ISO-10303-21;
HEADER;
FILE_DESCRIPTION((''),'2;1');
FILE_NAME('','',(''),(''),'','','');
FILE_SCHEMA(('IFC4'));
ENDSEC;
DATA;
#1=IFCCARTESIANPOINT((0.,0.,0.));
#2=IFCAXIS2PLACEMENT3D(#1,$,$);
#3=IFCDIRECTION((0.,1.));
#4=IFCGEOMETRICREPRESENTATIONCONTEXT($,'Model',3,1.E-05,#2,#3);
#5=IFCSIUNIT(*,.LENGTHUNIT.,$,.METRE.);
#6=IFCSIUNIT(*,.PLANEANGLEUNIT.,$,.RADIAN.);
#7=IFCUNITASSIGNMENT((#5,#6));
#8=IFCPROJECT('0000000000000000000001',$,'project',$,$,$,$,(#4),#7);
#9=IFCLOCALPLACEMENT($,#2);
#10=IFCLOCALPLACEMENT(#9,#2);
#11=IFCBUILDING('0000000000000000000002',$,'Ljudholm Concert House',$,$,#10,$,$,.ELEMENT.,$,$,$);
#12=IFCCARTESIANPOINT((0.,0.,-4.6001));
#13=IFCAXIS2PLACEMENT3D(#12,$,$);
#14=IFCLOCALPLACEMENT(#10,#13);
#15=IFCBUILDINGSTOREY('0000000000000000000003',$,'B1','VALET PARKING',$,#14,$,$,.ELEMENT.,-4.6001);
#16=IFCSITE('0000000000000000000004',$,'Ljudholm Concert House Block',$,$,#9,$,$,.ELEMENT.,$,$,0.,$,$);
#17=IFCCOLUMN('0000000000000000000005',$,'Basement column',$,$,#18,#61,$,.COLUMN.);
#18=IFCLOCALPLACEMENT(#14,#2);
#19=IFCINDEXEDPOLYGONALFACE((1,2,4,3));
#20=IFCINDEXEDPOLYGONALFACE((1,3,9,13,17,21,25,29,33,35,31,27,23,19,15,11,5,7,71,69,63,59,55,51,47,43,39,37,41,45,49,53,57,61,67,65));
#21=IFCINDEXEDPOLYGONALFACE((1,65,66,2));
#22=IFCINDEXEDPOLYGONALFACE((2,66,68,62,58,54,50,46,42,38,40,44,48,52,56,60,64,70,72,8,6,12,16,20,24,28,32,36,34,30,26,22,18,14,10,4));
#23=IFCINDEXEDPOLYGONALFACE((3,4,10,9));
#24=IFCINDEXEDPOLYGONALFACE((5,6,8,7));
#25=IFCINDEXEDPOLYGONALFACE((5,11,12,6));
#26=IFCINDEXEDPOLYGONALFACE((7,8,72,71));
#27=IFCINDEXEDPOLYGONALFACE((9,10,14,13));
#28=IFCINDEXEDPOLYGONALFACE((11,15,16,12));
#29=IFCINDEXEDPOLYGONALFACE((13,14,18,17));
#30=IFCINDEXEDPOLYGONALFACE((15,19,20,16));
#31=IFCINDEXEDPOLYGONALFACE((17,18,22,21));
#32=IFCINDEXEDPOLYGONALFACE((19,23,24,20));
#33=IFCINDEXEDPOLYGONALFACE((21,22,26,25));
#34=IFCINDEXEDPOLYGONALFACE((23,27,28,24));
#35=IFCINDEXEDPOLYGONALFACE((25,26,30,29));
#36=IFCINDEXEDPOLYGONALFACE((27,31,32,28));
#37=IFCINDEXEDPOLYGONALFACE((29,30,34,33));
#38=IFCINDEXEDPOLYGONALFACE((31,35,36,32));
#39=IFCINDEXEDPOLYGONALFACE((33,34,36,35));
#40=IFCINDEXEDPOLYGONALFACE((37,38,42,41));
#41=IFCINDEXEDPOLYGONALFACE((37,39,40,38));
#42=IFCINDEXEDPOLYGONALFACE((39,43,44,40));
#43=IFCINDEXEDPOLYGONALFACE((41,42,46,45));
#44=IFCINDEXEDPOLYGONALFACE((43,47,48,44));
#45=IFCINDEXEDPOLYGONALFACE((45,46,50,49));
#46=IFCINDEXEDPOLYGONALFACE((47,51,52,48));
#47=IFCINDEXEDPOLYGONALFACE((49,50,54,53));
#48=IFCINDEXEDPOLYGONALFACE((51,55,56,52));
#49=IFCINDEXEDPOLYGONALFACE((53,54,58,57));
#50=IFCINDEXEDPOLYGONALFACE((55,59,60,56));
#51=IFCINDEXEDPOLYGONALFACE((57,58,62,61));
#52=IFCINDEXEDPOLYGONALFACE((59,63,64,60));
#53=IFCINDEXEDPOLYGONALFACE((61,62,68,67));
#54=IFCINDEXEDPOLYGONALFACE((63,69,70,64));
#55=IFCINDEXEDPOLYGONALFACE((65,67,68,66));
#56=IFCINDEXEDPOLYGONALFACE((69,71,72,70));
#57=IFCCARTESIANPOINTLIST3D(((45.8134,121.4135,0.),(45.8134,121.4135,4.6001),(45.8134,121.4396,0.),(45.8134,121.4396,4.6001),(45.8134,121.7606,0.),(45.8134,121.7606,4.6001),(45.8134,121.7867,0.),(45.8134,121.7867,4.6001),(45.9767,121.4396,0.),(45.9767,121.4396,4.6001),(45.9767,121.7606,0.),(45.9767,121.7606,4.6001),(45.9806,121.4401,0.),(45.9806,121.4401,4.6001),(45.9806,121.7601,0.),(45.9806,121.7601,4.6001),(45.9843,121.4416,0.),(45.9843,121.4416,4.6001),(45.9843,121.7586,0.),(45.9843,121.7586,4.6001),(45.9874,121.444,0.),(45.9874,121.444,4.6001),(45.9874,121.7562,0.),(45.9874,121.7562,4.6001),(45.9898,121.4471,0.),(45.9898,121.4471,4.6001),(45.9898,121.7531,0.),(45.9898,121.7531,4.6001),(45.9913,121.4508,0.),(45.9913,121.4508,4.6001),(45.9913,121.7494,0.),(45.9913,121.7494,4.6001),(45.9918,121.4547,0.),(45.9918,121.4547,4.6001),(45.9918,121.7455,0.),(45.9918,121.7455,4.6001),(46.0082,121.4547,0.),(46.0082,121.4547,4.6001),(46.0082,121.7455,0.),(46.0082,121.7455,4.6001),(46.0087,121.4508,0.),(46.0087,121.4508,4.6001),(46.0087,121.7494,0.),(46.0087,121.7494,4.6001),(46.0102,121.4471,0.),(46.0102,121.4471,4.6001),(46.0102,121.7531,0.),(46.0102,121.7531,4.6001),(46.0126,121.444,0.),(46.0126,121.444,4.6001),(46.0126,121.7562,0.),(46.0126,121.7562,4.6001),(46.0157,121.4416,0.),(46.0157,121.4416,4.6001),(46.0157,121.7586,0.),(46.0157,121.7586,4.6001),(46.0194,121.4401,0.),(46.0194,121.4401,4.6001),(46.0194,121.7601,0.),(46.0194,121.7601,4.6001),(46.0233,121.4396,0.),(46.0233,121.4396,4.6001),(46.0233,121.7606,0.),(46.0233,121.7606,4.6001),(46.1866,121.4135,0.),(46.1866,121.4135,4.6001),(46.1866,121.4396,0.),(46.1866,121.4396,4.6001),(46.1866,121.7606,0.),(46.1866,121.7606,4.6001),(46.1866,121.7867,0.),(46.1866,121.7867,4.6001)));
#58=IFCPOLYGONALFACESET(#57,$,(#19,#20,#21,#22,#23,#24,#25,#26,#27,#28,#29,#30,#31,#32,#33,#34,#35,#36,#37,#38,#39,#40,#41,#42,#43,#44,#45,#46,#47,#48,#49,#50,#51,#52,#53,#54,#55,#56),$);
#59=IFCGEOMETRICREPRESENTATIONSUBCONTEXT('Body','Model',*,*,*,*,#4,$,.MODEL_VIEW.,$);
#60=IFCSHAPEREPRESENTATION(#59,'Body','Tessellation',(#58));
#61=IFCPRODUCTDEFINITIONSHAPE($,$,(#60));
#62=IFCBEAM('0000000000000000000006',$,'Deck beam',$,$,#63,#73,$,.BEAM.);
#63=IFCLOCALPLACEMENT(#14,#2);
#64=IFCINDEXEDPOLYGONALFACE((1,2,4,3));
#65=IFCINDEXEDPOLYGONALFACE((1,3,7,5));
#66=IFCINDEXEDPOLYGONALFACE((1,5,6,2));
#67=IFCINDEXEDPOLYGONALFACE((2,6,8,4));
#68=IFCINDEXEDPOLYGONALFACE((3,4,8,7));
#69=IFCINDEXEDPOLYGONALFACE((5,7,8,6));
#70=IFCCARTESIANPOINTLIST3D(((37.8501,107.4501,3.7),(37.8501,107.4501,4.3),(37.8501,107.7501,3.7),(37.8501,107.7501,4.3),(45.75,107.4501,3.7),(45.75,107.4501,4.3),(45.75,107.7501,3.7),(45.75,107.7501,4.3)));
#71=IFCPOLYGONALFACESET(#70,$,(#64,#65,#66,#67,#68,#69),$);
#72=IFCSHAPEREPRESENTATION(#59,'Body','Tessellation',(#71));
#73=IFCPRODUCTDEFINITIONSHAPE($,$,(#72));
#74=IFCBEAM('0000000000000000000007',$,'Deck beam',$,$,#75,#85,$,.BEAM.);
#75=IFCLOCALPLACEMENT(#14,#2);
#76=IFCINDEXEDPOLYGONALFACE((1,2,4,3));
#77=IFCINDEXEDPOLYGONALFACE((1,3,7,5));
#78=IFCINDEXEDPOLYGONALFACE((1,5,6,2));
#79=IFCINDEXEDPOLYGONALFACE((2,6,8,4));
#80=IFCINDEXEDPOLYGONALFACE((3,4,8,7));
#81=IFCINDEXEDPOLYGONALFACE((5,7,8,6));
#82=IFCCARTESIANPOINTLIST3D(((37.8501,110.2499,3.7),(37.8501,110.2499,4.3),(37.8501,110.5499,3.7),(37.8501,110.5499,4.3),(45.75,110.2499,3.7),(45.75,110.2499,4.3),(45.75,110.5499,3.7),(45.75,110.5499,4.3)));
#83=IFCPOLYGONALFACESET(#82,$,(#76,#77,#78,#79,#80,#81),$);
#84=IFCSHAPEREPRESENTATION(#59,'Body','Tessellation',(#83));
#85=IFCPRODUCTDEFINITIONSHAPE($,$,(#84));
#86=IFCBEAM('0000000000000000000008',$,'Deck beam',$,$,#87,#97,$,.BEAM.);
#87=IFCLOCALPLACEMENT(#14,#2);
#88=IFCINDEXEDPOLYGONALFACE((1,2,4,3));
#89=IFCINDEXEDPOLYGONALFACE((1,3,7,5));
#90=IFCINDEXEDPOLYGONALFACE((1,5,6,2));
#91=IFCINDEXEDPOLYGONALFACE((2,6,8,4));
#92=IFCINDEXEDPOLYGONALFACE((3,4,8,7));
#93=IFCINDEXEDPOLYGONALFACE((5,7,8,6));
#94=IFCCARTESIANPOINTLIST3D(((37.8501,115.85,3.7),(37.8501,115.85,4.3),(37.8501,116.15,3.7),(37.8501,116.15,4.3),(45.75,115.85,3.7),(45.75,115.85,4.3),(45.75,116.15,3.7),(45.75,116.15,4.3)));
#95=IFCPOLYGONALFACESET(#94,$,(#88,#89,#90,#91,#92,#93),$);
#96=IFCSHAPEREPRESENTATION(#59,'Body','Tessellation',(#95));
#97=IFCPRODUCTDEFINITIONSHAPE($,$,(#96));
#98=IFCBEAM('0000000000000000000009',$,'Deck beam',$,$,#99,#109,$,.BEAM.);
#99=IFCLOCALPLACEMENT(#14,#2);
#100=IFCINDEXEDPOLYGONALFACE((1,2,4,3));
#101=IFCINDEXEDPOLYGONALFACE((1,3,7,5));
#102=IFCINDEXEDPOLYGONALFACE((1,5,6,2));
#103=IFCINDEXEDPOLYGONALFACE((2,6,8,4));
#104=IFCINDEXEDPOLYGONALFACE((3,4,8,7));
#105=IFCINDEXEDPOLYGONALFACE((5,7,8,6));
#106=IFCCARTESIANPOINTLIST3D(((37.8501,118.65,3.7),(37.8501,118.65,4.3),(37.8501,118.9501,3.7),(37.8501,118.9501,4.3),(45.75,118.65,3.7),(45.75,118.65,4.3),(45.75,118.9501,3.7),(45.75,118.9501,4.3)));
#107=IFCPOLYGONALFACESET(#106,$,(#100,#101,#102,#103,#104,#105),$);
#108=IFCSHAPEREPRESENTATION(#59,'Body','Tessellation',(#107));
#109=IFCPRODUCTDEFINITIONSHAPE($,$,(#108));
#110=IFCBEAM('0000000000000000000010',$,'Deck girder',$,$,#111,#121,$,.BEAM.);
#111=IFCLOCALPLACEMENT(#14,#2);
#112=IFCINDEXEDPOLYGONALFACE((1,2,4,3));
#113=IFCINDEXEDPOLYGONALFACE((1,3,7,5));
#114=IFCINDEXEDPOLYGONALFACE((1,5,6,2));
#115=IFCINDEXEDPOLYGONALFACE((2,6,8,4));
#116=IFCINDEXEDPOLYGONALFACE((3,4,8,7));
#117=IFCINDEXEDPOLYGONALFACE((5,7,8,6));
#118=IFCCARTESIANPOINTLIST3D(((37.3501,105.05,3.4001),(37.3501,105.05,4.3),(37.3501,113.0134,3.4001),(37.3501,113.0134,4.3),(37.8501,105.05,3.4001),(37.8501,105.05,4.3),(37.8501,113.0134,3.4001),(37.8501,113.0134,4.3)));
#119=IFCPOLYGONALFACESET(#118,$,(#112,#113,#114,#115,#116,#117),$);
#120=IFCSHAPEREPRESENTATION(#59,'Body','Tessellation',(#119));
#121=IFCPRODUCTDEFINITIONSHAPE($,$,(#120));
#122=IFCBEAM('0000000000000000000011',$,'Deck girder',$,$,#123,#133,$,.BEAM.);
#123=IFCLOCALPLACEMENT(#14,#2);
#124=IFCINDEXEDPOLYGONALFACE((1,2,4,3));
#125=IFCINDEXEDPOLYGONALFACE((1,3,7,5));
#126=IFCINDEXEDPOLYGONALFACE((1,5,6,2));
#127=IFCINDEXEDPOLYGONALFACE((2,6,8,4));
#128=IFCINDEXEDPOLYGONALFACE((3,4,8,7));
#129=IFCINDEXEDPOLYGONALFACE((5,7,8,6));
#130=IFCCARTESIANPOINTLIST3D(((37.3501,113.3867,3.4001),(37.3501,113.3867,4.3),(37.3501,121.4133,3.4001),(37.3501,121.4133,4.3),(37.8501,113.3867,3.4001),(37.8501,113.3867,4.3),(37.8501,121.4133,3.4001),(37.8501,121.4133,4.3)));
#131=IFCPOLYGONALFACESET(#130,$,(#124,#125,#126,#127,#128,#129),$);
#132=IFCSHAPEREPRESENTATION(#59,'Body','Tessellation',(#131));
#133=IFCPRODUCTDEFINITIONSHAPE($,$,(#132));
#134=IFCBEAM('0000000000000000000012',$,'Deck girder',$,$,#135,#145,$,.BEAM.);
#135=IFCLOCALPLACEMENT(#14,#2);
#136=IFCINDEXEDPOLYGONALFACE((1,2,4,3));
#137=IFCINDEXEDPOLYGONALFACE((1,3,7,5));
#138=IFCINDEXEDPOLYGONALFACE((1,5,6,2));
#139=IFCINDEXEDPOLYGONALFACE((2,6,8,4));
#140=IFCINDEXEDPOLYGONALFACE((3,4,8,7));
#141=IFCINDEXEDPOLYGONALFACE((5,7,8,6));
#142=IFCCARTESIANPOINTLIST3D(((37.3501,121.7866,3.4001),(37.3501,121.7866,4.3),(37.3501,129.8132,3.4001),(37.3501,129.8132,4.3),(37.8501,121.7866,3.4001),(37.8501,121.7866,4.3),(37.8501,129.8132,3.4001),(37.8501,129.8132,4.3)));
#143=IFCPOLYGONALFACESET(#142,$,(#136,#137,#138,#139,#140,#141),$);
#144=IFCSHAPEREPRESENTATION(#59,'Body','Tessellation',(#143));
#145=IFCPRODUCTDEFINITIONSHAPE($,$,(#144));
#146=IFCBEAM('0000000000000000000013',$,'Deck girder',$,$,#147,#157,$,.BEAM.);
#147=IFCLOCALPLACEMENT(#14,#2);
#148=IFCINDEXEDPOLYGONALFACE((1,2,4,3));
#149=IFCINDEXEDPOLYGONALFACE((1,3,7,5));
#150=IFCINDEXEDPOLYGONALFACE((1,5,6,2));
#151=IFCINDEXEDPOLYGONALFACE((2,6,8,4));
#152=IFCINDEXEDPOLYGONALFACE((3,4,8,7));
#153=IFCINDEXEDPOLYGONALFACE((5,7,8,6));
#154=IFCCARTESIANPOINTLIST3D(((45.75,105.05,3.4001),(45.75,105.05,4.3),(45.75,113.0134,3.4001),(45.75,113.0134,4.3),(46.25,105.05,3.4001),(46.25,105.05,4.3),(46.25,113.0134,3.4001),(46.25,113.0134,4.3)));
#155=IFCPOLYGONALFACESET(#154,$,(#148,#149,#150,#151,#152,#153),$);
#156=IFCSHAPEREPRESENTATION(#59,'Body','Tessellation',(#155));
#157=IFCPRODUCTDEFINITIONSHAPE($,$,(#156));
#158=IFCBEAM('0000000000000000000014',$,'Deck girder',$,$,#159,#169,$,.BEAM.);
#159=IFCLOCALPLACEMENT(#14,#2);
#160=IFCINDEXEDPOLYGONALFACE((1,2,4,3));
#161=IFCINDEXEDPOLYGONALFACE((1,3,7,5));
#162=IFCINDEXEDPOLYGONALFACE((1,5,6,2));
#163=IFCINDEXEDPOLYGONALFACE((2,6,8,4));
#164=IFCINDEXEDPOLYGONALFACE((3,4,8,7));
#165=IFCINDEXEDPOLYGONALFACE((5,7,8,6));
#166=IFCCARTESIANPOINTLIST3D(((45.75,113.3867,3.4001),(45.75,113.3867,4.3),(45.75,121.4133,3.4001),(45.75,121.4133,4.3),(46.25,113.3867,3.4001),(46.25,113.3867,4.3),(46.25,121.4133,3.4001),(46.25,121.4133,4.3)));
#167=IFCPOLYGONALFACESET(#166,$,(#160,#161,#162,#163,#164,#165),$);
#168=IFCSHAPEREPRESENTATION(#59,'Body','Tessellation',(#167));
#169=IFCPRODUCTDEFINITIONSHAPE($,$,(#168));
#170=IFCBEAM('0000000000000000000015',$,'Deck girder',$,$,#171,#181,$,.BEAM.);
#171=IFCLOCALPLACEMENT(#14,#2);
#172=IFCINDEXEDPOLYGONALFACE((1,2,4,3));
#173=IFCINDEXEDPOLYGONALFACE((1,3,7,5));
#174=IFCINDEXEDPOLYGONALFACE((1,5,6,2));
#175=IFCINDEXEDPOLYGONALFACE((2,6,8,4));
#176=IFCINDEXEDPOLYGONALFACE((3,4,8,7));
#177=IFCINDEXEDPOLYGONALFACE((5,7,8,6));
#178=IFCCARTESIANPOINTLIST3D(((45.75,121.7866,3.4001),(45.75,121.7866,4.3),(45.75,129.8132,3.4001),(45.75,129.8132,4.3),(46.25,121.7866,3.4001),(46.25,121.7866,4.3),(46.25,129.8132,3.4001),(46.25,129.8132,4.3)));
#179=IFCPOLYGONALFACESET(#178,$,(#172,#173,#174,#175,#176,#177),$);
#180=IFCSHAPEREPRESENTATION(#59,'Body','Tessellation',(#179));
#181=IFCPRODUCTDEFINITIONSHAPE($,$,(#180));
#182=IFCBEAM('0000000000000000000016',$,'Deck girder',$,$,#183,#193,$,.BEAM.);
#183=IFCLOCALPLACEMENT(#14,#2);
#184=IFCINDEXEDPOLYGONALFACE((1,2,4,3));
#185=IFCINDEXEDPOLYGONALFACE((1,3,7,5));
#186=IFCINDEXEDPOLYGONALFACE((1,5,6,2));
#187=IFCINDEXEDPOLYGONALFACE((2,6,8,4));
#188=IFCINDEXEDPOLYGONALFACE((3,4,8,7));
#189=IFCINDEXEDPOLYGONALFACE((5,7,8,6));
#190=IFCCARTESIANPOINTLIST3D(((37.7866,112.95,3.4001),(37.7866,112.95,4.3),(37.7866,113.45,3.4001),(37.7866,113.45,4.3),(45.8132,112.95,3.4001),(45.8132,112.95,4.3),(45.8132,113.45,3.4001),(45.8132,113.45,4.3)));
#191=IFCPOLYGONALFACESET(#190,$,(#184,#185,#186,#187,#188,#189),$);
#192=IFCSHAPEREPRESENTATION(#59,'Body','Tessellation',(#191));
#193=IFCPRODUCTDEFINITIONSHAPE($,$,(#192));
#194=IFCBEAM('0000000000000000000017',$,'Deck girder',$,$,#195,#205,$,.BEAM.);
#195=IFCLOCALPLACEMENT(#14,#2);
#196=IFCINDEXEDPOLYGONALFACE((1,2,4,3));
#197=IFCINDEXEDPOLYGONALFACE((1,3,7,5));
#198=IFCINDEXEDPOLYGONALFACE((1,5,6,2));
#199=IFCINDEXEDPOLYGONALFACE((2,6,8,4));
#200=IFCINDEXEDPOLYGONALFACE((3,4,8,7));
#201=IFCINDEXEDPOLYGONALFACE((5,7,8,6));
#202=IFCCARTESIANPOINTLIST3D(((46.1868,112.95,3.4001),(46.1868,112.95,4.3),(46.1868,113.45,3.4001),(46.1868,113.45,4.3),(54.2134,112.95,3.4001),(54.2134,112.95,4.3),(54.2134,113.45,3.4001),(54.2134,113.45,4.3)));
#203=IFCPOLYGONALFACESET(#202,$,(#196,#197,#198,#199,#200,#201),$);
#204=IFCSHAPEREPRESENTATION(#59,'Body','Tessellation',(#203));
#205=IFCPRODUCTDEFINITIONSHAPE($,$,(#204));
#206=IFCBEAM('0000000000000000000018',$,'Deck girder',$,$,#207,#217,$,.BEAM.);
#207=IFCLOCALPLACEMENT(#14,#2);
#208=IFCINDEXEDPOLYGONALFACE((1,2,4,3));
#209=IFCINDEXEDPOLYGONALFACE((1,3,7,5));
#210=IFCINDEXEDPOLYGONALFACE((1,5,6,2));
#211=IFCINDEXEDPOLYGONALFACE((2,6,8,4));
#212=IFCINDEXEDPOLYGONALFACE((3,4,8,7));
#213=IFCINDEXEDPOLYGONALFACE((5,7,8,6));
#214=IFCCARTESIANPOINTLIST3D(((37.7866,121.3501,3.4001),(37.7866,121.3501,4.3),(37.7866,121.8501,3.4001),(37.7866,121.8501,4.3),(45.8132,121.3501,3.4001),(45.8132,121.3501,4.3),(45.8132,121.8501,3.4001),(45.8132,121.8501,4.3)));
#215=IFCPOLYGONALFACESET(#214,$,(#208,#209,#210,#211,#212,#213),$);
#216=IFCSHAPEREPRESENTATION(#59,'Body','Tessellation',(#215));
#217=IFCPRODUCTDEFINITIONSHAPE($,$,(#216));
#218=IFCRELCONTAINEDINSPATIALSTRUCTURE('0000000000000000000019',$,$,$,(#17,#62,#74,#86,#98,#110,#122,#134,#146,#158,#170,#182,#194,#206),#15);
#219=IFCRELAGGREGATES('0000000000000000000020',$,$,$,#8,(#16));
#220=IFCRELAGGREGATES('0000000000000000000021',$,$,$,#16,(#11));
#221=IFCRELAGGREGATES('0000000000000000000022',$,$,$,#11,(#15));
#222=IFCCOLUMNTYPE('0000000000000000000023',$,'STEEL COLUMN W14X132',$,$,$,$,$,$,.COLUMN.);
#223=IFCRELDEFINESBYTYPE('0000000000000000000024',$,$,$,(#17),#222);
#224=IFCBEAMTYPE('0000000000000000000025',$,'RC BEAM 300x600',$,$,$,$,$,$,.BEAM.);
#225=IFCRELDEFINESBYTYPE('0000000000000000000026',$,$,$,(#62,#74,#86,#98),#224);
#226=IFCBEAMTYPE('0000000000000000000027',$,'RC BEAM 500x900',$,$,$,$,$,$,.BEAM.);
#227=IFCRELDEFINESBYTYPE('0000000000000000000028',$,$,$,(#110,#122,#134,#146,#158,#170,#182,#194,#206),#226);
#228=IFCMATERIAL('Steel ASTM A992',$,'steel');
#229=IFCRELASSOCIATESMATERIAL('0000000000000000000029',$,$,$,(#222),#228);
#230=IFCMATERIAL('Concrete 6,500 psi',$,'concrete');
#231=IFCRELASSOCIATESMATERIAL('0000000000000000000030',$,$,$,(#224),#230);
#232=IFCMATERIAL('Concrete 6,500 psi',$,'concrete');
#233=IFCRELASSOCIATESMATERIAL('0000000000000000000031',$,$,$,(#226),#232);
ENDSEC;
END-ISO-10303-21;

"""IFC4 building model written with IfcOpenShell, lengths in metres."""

from ifc_helpers import new_model, si_unit, direction, frame, origin, origin_2d, place, context, subcontext, project, spatial, rectangle, i_section, extrude, material, material_profile, profile_set, type_object, element, save


model = new_model("IFC4")

# Units and contexts
model_context = context("Model", 3, precision=1e-05, world=origin(), true_north=direction((0.0, 1.0)))
body_context = subcontext(model_context, "Body", "Model", "MODEL_VIEW")
ifc_project = project(units=[si_unit("LENGTHUNIT", "METRE"), si_unit("PLANEANGLEUNIT", "RADIAN")], contexts=[model_context])

# Site, building, storey
site_placement = place(None, origin())
site = spatial("IfcSite", under=ifc_project, at=site_placement, Name="Ljudholm Concert House Block", CompositionType="ELEMENT", RefElevation=0.0)
building_placement = place(site_placement, origin())
building = spatial("IfcBuilding", under=site, at=building_placement, Name="Ljudholm Concert House", CompositionType="ELEMENT")
storey_placement = place(building_placement, frame((0.0, 0.0, -4.6001)))
storey = spatial("IfcBuildingStorey", under=building, at=storey_placement, Name="B1", Description="VALET PARKING", CompositionType="ELEMENT", Elevation=-4.6001)

# Column
ifc_material_1 = material(Name="Steel ASTM A992", Category="steel")
ifc_material_profile_1 = material_profile(ifc_material_1, i_section(OverallWidth=0.3733, OverallDepth=0.3733, WebThickness=0.0164, FlangeThickness=0.0261, FilletRadius=0.0151, at=origin_2d()), Name="W14X132")
ifc_profile_set_1 = profile_set([ifc_material_profile_1], Name="Steel ASTM A992")
column_type = type_object("IfcColumnType", Name="STEEL COLUMN W14X132", PredefinedType="COLUMN", material=ifc_profile_set_1)
for number, where, z_axis, x_axis, name in (
    (1, (46.0, 121.6001, 0.0), (0.0, 0.0, 1.0), (1.0, 0.0, 0.0), "Basement column"),
):
    element("IfcColumn", number, at=place(storey_placement, frame(where, z_axis=z_axis, x_axis=x_axis)), inside=storey, type_object=column_type, Name=name, PredefinedType="COLUMN", context=body_context, shape_type="SweptSolid", body=[
        extrude(i_section(OverallWidth=0.3733, OverallDepth=0.3733, WebThickness=0.0164, FlangeThickness=0.0261, FilletRadius=0.0151, at=origin_2d()), origin(), (0.0, 0.0, 1.0), 4.6001),
    ])

# Beams
ifc_material_2 = material(Name="Concrete 6,500 psi", Category="concrete")
ifc_material_profile_2 = material_profile(ifc_material_2, rectangle(XDim=0.3, YDim=0.6001, at=origin_2d()), Name="RC BEAM 300x600")
ifc_profile_set_2 = profile_set([ifc_material_profile_2], Name="Concrete 6,500 psi")
beam_type_1 = type_object("IfcBeamType", Name="RC BEAM 300x600", PredefinedType="BEAM", material=ifc_profile_set_2)
for number, where, z_axis, x_axis, name in (
    (2, (37.8501, 107.6001, 4.0), (1.0, 0.0, 0.0), (0.0, 1.0, 0.0), "Deck beam"),
    (3, (37.8501, 110.3999, 4.0), (1.0, 0.0, 0.0), (0.0, 1.0, 0.0), "Deck beam"),
    (4, (37.8501, 116.0, 4.0), (1.0, 0.0, 0.0), (0.0, 1.0, 0.0), "Deck beam"),
    (5, (37.8501, 118.8, 4.0), (1.0, 0.0, 0.0), (0.0, 1.0, 0.0), "Deck beam"),
):
    element("IfcBeam", number, at=place(storey_placement, frame(where, z_axis=z_axis, x_axis=x_axis)), inside=storey, type_object=beam_type_1, Name=name, PredefinedType="BEAM", context=body_context, shape_type="SweptSolid", body=[
        extrude(rectangle(XDim=0.3, YDim=0.6001, at=origin_2d()), origin(), (0.0, 0.0, 1.0), 7.8999),
    ])
ifc_material_3 = material(Name="Concrete 6,500 psi", Category="concrete")
ifc_material_profile_3 = material_profile(ifc_material_3, rectangle(XDim=0.5, YDim=0.8999, at=origin_2d()), Name="RC BEAM 500x900")
ifc_profile_set_3 = profile_set([ifc_material_profile_3], Name="Concrete 6,500 psi")
beam_type_2 = type_object("IfcBeamType", Name="RC BEAM 500x900", PredefinedType="BEAM", material=ifc_profile_set_3)
beam_1_placement = place(storey_placement, frame((37.6001, 105.05, 3.8501), z_axis=(0.0, 1.0, 0.0), x_axis=(-1.0, 0.0, 0.0)))
element("IfcBeam", 6, at=beam_1_placement, inside=storey, type_object=beam_type_2, Name="Deck girder", PredefinedType="BEAM", context=body_context, shape_type="SweptSolid", body=[
    extrude(rectangle(XDim=0.5, YDim=0.8999, at=origin_2d()), origin(), (0.0, 0.0, 1.0), 7.9634),
])
for number, where, z_axis, x_axis, name in (
    (7, (37.6001, 113.3867, 3.8501), (0.0, 1.0, 0.0), (-1.0, 0.0, 0.0), "Deck girder"),
    (8, (37.6001, 121.7866, 3.8501), (0.0, 1.0, 0.0), (-1.0, 0.0, 0.0), "Deck girder"),
):
    element("IfcBeam", number, at=place(storey_placement, frame(where, z_axis=z_axis, x_axis=x_axis)), inside=storey, type_object=beam_type_2, Name=name, PredefinedType="BEAM", context=body_context, shape_type="SweptSolid", body=[
        extrude(rectangle(XDim=0.5, YDim=0.8999, at=origin_2d()), origin(), (0.0, 0.0, 1.0), 8.0266),
    ])
beam_2_placement = place(storey_placement, frame((46.0, 105.05, 3.8501), z_axis=(0.0, 1.0, 0.0), x_axis=(-1.0, 0.0, 0.0)))
element("IfcBeam", 9, at=beam_2_placement, inside=storey, type_object=beam_type_2, Name="Deck girder", PredefinedType="BEAM", context=body_context, shape_type="SweptSolid", body=[
    extrude(rectangle(XDim=0.5, YDim=0.8999, at=origin_2d()), origin(), (0.0, 0.0, 1.0), 7.9634),
])
for number, where, z_axis, x_axis, name in (
    (10, (46.0, 113.3867, 3.8501), (0.0, 1.0, 0.0), (-1.0, 0.0, 0.0), "Deck girder"),
    (11, (46.0, 121.7866, 3.8501), (0.0, 1.0, 0.0), (-1.0, 0.0, 0.0), "Deck girder"),
    (12, (37.7866, 113.2, 3.8501), (1.0, 0.0, 0.0), (0.0, 1.0, 0.0), "Deck girder"),
    (13, (46.1868, 113.2, 3.8501), (1.0, 0.0, 0.0), (0.0, 1.0, 0.0), "Deck girder"),
    (14, (37.7866, 121.6001, 3.8501), (1.0, 0.0, 0.0), (0.0, 1.0, 0.0), "Deck girder"),
):
    element("IfcBeam", number, at=place(storey_placement, frame(where, z_axis=z_axis, x_axis=x_axis)), inside=storey, type_object=beam_type_2, Name=name, PredefinedType="BEAM", context=body_context, shape_type="SweptSolid", body=[
        extrude(rectangle(XDim=0.5, YDim=0.8999, at=origin_2d()), origin(), (0.0, 0.0, 1.0), 8.0266),
    ])

save(model, "model.ifc")
